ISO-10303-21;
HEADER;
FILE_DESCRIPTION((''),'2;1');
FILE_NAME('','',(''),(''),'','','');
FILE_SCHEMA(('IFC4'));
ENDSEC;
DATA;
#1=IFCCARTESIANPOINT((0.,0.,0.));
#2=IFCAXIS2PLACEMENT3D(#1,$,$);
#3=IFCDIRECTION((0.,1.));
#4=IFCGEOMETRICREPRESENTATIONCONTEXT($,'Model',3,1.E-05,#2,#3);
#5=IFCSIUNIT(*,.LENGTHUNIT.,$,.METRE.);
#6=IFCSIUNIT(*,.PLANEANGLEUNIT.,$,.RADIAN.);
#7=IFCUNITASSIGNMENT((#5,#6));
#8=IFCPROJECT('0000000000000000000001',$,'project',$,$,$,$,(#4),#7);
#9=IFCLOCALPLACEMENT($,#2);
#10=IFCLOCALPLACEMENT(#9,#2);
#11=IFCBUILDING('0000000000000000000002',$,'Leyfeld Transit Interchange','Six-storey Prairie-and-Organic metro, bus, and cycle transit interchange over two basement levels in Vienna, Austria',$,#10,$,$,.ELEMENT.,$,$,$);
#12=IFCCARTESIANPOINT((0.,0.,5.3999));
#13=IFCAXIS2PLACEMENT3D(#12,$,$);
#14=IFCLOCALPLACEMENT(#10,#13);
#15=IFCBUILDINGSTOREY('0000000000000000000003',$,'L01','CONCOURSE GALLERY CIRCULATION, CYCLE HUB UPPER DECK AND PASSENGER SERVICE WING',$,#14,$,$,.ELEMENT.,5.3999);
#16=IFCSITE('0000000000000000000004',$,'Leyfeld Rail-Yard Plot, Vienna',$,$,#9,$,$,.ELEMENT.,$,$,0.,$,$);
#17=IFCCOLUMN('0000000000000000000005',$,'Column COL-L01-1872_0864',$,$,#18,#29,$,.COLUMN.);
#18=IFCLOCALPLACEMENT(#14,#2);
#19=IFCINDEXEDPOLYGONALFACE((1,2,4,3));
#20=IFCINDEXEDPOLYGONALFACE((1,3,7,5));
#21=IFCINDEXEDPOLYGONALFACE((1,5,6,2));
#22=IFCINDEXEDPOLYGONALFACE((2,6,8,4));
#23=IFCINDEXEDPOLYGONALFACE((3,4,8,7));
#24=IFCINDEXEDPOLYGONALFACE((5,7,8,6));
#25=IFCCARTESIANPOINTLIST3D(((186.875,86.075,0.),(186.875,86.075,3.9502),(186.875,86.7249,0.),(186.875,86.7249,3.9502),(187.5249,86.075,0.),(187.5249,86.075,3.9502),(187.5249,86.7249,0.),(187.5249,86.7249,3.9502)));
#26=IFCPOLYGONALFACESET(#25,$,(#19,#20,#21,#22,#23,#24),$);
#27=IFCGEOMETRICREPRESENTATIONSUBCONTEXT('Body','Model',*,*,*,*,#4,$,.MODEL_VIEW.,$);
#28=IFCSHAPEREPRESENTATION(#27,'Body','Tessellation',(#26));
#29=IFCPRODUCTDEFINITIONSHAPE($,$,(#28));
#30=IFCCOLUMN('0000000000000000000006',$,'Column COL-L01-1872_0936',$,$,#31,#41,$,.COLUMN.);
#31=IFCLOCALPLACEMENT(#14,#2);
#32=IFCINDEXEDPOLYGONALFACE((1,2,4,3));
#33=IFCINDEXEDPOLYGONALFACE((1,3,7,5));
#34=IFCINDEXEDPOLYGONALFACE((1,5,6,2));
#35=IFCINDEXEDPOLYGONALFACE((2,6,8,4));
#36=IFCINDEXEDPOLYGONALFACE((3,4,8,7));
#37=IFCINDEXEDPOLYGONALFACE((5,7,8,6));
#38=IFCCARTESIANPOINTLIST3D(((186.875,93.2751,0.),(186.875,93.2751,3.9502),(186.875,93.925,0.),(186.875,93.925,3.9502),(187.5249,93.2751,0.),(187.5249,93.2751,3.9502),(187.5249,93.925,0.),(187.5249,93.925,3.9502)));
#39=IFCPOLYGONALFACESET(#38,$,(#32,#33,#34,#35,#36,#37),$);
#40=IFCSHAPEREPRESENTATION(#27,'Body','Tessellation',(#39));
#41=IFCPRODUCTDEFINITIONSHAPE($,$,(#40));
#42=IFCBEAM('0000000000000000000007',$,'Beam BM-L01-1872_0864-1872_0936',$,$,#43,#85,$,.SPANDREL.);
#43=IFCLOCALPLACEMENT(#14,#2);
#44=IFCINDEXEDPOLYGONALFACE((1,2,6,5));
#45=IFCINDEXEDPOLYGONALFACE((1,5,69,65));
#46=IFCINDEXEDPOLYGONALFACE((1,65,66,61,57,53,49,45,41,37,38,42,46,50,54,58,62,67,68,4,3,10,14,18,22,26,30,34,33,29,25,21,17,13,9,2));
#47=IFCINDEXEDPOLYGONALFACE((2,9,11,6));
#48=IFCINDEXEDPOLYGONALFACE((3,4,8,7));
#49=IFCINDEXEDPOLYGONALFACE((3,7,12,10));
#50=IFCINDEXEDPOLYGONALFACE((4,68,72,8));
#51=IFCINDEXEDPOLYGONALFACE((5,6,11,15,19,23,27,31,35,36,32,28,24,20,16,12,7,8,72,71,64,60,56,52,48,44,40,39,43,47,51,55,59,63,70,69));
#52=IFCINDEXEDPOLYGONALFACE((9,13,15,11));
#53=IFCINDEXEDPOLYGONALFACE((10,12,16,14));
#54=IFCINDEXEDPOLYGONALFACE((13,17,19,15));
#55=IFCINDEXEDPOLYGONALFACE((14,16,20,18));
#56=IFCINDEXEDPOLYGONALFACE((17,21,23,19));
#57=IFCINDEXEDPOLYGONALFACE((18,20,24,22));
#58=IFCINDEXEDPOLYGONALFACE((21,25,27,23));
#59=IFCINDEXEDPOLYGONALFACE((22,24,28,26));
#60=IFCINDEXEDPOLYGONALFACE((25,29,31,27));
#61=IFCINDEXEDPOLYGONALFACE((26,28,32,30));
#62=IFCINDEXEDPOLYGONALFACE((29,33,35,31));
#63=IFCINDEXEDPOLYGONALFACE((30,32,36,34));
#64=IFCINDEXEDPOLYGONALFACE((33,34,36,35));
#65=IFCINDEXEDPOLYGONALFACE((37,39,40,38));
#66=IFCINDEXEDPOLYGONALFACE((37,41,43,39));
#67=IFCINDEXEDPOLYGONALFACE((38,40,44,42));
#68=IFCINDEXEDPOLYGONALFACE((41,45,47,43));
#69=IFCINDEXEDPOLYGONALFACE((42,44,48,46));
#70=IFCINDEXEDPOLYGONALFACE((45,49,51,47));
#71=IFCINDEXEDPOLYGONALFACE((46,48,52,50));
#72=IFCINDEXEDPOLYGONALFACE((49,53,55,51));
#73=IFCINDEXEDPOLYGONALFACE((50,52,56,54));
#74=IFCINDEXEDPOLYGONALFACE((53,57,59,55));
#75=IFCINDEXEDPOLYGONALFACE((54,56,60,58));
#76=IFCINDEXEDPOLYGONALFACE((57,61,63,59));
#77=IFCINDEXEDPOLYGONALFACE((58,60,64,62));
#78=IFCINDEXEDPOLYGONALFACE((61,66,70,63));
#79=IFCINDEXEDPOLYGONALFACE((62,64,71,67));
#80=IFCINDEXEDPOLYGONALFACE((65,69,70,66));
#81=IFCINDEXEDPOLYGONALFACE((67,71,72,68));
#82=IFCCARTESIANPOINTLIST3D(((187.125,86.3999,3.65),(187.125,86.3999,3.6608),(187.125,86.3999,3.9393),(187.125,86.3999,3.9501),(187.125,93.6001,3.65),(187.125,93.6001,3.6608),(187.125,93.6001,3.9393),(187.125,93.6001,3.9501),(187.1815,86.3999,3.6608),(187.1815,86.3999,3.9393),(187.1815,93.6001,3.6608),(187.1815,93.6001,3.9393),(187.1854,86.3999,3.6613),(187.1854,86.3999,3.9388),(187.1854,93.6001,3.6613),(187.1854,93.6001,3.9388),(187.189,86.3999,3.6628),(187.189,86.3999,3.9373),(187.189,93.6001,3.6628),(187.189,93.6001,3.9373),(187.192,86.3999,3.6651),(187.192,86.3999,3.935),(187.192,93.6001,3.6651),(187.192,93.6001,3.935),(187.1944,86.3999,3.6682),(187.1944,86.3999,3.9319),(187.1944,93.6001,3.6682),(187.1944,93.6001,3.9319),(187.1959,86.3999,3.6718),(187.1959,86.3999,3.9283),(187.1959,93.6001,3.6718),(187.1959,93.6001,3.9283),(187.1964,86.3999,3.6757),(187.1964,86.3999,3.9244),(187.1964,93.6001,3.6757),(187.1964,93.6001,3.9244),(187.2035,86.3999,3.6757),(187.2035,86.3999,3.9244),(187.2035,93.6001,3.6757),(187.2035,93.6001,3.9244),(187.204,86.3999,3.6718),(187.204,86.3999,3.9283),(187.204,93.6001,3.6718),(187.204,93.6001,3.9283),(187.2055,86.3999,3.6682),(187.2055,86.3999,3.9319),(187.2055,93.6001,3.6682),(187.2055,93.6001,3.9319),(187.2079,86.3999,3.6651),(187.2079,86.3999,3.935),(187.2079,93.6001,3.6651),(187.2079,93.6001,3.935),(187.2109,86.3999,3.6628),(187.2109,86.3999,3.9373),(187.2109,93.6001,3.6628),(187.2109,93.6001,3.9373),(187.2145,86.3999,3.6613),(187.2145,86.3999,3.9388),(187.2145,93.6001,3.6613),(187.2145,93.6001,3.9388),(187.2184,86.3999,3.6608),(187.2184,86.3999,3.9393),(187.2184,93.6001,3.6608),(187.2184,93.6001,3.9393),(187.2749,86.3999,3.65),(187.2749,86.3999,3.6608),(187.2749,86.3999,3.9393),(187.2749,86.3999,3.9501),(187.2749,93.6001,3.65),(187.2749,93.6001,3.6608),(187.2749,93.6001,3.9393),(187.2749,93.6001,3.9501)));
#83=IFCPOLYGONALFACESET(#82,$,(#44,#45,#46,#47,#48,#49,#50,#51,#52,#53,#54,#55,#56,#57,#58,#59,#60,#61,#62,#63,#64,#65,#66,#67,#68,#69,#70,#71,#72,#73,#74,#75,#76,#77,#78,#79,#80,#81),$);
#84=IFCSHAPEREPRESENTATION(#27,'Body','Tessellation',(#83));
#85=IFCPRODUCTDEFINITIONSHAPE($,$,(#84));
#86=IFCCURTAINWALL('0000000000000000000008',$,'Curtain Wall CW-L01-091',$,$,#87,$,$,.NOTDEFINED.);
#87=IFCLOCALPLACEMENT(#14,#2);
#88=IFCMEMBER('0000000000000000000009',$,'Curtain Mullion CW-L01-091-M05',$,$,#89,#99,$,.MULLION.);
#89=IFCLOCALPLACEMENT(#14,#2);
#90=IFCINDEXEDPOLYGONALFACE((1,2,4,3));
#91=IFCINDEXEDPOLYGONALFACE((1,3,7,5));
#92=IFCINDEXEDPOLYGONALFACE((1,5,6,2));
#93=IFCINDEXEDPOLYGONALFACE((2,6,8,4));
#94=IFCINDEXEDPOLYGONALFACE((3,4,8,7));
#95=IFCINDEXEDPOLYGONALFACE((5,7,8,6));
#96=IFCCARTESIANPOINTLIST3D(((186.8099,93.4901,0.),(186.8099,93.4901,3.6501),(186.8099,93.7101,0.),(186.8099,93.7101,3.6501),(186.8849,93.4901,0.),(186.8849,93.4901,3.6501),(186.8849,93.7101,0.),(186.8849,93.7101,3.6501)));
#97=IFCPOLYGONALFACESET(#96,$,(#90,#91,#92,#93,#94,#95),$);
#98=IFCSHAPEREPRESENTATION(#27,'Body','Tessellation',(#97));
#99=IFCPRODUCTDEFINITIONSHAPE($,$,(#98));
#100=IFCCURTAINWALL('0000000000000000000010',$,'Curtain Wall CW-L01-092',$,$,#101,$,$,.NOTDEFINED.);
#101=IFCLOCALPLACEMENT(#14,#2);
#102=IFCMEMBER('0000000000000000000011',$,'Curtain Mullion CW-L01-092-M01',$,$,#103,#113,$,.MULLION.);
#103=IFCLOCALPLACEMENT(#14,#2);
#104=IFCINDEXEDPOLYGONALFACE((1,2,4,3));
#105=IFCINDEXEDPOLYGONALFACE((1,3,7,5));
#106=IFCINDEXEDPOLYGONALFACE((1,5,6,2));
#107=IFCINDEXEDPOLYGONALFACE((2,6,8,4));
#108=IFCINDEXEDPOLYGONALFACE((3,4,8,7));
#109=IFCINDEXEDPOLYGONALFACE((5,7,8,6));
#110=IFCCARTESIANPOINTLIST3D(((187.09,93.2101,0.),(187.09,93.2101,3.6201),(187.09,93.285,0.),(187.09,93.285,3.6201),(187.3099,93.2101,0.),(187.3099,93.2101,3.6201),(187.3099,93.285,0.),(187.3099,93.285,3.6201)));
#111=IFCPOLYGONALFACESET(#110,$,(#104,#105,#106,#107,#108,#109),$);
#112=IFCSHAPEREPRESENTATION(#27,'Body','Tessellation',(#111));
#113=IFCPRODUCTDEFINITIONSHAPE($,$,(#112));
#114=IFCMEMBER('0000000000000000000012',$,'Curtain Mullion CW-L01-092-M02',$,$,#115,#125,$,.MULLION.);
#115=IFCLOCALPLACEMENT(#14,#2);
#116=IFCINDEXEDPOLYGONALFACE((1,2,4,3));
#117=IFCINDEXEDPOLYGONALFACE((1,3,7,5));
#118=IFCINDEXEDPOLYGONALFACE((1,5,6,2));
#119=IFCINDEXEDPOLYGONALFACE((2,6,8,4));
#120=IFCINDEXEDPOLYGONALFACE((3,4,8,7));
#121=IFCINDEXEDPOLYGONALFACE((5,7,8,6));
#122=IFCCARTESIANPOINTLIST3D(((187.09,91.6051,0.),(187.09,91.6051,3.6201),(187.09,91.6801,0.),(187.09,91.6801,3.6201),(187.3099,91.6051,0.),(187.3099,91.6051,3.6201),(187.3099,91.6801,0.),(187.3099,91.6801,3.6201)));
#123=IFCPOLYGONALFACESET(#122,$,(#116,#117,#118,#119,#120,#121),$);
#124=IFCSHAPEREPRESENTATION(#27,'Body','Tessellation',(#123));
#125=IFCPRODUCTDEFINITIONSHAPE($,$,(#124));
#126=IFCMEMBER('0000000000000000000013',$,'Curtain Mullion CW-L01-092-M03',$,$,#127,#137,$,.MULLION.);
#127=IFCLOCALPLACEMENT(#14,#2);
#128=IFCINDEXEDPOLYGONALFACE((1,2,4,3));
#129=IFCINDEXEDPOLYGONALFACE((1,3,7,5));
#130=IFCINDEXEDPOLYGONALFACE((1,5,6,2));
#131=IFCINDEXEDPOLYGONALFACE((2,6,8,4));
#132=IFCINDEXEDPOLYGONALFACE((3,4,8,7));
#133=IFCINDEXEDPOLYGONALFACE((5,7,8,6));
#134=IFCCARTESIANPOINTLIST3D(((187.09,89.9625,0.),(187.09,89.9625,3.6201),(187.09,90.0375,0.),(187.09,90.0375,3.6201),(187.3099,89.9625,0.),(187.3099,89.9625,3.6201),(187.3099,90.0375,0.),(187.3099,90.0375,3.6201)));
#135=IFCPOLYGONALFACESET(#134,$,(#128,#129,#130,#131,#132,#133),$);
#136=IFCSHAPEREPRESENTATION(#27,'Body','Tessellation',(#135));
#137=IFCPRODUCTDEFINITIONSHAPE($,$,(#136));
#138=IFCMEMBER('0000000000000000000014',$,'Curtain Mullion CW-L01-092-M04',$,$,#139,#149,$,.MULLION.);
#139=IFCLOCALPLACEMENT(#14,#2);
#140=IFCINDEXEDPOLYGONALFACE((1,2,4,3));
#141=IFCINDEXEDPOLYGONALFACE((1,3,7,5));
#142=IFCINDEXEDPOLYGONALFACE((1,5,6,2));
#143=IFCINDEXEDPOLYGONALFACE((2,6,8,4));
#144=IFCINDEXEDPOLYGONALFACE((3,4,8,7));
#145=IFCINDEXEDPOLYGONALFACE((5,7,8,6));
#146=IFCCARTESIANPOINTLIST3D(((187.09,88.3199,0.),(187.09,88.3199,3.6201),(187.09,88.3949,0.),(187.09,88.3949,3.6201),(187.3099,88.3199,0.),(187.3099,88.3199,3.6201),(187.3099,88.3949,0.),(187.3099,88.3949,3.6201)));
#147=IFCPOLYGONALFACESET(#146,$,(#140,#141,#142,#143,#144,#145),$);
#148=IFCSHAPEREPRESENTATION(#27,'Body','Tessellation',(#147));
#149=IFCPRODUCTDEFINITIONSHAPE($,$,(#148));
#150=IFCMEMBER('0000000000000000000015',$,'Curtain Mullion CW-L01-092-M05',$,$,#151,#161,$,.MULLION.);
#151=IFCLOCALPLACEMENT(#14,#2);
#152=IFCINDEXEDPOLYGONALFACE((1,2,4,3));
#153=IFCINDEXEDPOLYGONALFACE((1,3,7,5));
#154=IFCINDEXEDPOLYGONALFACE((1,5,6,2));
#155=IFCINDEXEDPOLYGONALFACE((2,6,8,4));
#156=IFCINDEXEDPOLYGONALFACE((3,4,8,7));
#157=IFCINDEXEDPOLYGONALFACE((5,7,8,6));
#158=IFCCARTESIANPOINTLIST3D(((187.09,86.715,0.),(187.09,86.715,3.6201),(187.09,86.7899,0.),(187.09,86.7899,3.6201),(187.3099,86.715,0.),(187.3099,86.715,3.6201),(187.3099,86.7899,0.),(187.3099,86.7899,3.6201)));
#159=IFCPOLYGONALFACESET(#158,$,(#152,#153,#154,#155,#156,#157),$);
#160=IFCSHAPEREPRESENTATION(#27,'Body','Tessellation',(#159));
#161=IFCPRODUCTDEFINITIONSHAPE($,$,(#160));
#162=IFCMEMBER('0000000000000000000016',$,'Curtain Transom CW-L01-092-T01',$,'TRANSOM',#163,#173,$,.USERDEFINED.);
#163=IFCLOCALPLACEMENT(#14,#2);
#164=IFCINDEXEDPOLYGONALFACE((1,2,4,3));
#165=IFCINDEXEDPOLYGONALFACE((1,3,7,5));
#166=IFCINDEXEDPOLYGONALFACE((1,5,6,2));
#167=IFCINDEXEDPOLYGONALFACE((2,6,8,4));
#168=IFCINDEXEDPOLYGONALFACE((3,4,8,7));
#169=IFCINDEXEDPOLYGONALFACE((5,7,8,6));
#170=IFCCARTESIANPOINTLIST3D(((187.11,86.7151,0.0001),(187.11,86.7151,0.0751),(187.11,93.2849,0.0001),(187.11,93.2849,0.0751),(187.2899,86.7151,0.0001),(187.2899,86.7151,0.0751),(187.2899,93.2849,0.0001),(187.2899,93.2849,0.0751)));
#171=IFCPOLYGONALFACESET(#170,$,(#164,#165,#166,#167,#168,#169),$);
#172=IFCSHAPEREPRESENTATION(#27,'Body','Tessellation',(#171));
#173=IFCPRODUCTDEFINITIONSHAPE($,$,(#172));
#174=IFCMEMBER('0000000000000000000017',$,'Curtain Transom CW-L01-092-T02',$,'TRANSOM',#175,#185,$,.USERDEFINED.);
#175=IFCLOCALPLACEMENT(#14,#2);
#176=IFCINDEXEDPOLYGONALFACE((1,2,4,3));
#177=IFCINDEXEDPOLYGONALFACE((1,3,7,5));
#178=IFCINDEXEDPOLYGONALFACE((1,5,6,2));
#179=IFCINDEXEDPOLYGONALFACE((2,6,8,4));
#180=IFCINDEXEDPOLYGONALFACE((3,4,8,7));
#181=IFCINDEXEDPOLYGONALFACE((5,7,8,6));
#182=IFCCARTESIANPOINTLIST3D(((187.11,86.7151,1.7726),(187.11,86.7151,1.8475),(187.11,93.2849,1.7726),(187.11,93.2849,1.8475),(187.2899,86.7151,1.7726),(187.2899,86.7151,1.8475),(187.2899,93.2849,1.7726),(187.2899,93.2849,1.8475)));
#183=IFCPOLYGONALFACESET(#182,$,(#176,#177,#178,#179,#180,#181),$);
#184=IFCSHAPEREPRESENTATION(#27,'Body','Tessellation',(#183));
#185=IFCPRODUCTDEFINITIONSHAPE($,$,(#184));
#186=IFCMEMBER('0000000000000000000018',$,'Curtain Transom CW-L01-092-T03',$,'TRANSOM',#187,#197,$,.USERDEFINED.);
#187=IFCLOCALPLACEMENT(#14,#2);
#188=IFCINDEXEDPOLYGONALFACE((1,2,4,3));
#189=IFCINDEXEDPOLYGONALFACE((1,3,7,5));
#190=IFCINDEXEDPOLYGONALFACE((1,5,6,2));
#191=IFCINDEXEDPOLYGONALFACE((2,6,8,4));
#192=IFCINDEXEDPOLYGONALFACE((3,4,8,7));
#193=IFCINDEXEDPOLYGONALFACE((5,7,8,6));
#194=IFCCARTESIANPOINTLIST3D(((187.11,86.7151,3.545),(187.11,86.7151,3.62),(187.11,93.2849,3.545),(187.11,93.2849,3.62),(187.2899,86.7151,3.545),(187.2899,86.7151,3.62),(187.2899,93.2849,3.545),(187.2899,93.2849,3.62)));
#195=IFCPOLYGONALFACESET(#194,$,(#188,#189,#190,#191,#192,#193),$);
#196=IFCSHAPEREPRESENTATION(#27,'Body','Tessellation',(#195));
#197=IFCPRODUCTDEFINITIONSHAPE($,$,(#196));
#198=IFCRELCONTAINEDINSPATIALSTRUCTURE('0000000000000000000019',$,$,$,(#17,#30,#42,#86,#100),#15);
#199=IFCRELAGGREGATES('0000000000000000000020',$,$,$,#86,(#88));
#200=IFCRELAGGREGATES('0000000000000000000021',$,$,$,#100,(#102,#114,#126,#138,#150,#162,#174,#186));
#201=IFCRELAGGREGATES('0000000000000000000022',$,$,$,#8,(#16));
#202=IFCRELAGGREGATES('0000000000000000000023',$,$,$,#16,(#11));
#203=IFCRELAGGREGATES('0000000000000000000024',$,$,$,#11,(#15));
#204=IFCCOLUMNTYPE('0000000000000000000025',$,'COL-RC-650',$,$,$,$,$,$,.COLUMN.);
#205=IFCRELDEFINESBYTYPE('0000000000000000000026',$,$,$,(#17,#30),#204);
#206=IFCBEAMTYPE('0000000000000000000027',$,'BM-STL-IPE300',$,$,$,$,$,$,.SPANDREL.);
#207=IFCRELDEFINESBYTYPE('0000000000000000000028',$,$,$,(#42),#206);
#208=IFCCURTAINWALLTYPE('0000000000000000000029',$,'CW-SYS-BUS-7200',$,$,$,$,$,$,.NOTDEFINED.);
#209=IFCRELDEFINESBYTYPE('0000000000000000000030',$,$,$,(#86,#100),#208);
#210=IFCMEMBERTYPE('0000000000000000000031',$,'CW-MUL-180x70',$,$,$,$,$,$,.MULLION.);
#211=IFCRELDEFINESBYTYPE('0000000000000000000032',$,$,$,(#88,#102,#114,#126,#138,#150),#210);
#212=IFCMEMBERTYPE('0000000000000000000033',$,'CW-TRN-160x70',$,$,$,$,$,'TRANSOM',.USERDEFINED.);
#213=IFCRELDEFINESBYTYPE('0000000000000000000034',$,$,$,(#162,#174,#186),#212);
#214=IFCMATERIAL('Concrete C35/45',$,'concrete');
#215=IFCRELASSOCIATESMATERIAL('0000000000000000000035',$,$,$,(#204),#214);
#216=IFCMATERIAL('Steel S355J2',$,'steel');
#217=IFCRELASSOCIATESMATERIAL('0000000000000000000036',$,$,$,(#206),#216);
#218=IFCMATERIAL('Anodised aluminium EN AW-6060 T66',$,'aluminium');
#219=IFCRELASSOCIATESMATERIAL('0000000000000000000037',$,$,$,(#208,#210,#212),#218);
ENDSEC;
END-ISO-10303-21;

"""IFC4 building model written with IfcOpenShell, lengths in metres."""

from ifc_helpers import new_model, si_unit, direction, frame, origin, origin_2d, place, context, subcontext, project, spatial, rectangle, i_section, extrude, material, material_profile, profile_set, type_object, element, aggregate, save


model = new_model("IFC4")

# Units and contexts
model_context = context("Model", 3, precision=1e-05, world=origin(), true_north=direction((0.0, 1.0)))
body_context = subcontext(model_context, "Body", "Model", "MODEL_VIEW")
ifc_project = project(units=[si_unit("LENGTHUNIT", "METRE"), si_unit("PLANEANGLEUNIT", "RADIAN")], contexts=[model_context])

# Site, building, storey
site_placement = place(None, origin())
site = spatial("IfcSite", under=ifc_project, at=site_placement, Name="Leyfeld Rail-Yard Plot, Vienna", CompositionType="ELEMENT", RefElevation=0.0)
building_placement = place(site_placement, origin())
building = spatial("IfcBuilding", under=site, at=building_placement, Name="Leyfeld Transit Interchange", Description="Six-storey Prairie-and-Organic metro, bus, and cycle transit interchange over two basement levels in Vienna, Austria", CompositionType="ELEMENT")
storey_placement = place(building_placement, frame((0.0, 0.0, 5.3999)))
storey = spatial("IfcBuildingStorey", under=building, at=storey_placement, Name="L01", Description="CONCOURSE GALLERY CIRCULATION, CYCLE HUB UPPER DECK AND PASSENGER SERVICE WING", CompositionType="ELEMENT", Elevation=5.3999)

# Columns
ifc_material_1 = material(Name="Concrete C35/45", Category="concrete")
ifc_material_profile_1 = material_profile(ifc_material_1, rectangle(XDim=0.6499, YDim=0.6499, at=origin_2d()), Name="RC 650x650")
ifc_profile_set_1 = profile_set([ifc_material_profile_1], Name="Concrete C35/45")
column_type = type_object("IfcColumnType", Name="COL-RC-650", PredefinedType="COLUMN", material=ifc_profile_set_1)
for number, where, z_axis, x_axis, name in (
    (1, (187.2, 86.3999, 0.0), (0.0, 0.0, 1.0), (1.0, 0.0, 0.0), "Column COL-L01-1872_0864"),
    (2, (187.2, 93.6001, 0.0), (0.0, 0.0, 1.0), (1.0, 0.0, 0.0), "Column COL-L01-1872_0936"),
):
    element("IfcColumn", number, at=place(storey_placement, frame(where, z_axis=z_axis, x_axis=x_axis)), inside=storey, type_object=column_type, Name=name, PredefinedType="COLUMN", context=body_context, shape_type="SweptSolid", body=[
        extrude(rectangle(XDim=0.6499, YDim=0.6499, at=origin_2d()), origin(), (0.0, 0.0, 1.0), 3.9502),
    ])

# Beam
ifc_material_2 = material(Name="Steel S355J2", Category="steel")
ifc_material_profile_2 = material_profile(ifc_material_2, i_section(OverallWidth=0.1499, OverallDepth=0.3, WebThickness=0.0071, FlangeThickness=0.0107, FilletRadius=0.0149, at=origin_2d()), Name="IPE 300")
ifc_profile_set_2 = profile_set([ifc_material_profile_2], Name="Steel S355J2")
beam_type = type_object("IfcBeamType", Name="BM-STL-IPE300", PredefinedType="SPANDREL", material=ifc_profile_set_2)
beam_placement = place(storey_placement, frame((187.2, 86.3999, 3.8), z_axis=(0.0, 1.0, 0.0), x_axis=(-1.0, 0.0, 0.0)))
element("IfcBeam", 3, at=beam_placement, inside=storey, type_object=beam_type, Name="Beam BM-L01-1872_0864-1872_0936", PredefinedType="SPANDREL", context=body_context, shape_type="SweptSolid", body=[
    extrude(i_section(OverallWidth=0.1499, OverallDepth=0.3, WebThickness=0.0071, FlangeThickness=0.0107, FilletRadius=0.0149, at=origin_2d()), origin(), (0.0, 0.0, 1.0), 7.2002),
])

# Curtain wall, member
ifc_material_3 = material(Name="Anodised aluminium EN AW-6060 T66", Category="aluminium")
curtain_wall_type = type_object("IfcCurtainWallType", Name="CW-SYS-BUS-7200", PredefinedType="NOTDEFINED", material=ifc_material_3)
curtain_wall_1_placement = place(storey_placement, origin())
curtain_wall_1 = element("IfcCurtainWall", 4, at=curtain_wall_1_placement, inside=storey, type_object=curtain_wall_type, Name="Curtain Wall CW-L01-091", PredefinedType="NOTDEFINED")
ifc_material_profile_3 = material_profile(ifc_material_3, rectangle(XDim=0.075, YDim=0.22, at=origin_2d()), Name="CW-M 75x220")
ifc_profile_set_3 = profile_set([ifc_material_profile_3], Name="Anodised aluminium EN AW-6060 T66")
member_type_1 = type_object("IfcMemberType", Name="CW-MUL-180x70", PredefinedType="MULLION", material=ifc_profile_set_3)
member_1_placement = place(storey_placement, frame((186.8474, 93.6001, 0.0), z_axis=(0.0, 0.0, 1.0), x_axis=(1.0, 0.0, 0.0)))
member_1 = element("IfcMember", 5, at=member_1_placement, type_object=member_type_1, Name="Curtain Mullion CW-L01-091-M05", PredefinedType="MULLION", context=body_context, shape_type="SweptSolid", body=[
    extrude(rectangle(XDim=0.075, YDim=0.22, at=origin_2d()), origin(), (0.0, 0.0, 1.0), 3.6501),
])

# Curtain wall, members
curtain_wall_2_placement = place(storey_placement, origin())
curtain_wall_2 = element("IfcCurtainWall", 6, at=curtain_wall_2_placement, inside=storey, type_object=curtain_wall_type, Name="Curtain Wall CW-L01-092", PredefinedType="NOTDEFINED")
member_2_placement = place(storey_placement, frame((187.2, 93.2476, 0.0), z_axis=(0.0, 0.0, 1.0), x_axis=(0.0, -1.0, 0.0)))
member_2 = element("IfcMember", 7, at=member_2_placement, type_object=member_type_1, Name="Curtain Mullion CW-L01-092-M01", PredefinedType="MULLION", context=body_context, shape_type="SweptSolid", body=[
    extrude(rectangle(XDim=0.075, YDim=0.22, at=origin_2d()), origin(), (0.0, 0.0, 1.0), 3.6201),
])
member_3_placement = place(storey_placement, frame((187.2, 91.6426, 0.0), z_axis=(0.0, 0.0, 1.0), x_axis=(0.0, -1.0, 0.0)))
member_3 = element("IfcMember", 8, at=member_3_placement, type_object=member_type_1, Name="Curtain Mullion CW-L01-092-M02", PredefinedType="MULLION", context=body_context, shape_type="SweptSolid", body=[
    extrude(rectangle(XDim=0.075, YDim=0.22, at=origin_2d()), origin(), (0.0, 0.0, 1.0), 3.6201),
])
member_4_placement = place(storey_placement, frame((187.2, 90.0, 0.0), z_axis=(0.0, 0.0, 1.0), x_axis=(0.0, -1.0, 0.0)))
member_4 = element("IfcMember", 9, at=member_4_placement, type_object=member_type_1, Name="Curtain Mullion CW-L01-092-M03", PredefinedType="MULLION", context=body_context, shape_type="SweptSolid", body=[
    extrude(rectangle(XDim=0.075, YDim=0.22, at=origin_2d()), origin(), (0.0, 0.0, 1.0), 3.6201),
])
member_5_placement = place(storey_placement, frame((187.2, 88.3574, 0.0), z_axis=(0.0, 0.0, 1.0), x_axis=(0.0, -1.0, 0.0)))
member_5 = element("IfcMember", 10, at=member_5_placement, type_object=member_type_1, Name="Curtain Mullion CW-L01-092-M04", PredefinedType="MULLION", context=body_context, shape_type="SweptSolid", body=[
    extrude(rectangle(XDim=0.075, YDim=0.22, at=origin_2d()), origin(), (0.0, 0.0, 1.0), 3.6201),
])
member_6_placement = place(storey_placement, frame((187.2, 86.7524, 0.0), z_axis=(0.0, 0.0, 1.0), x_axis=(0.0, -1.0, 0.0)))
member_6 = element("IfcMember", 11, at=member_6_placement, type_object=member_type_1, Name="Curtain Mullion CW-L01-092-M05", PredefinedType="MULLION", context=body_context, shape_type="SweptSolid", body=[
    extrude(rectangle(XDim=0.075, YDim=0.22, at=origin_2d()), origin(), (0.0, 0.0, 1.0), 3.6201),
])
ifc_material_profile_4 = material_profile(ifc_material_3, rectangle(XDim=0.1799, YDim=0.075, at=origin_2d()), Name="CW-TRN-160x70")
ifc_profile_set_4 = profile_set([ifc_material_profile_4], Name="Anodised aluminium EN AW-6060 T66")
member_type_2 = type_object("IfcMemberType", Name="CW-TRN-160x70", ElementType="TRANSOM", PredefinedType="USERDEFINED", material=ifc_profile_set_4)
member_7_placement = place(storey_placement, frame((187.2, 93.2849, 0.0376), z_axis=(0.0, -1.0, 0.0), x_axis=(1.0, 0.0, 0.0)))
member_7 = element("IfcMember", 12, at=member_7_placement, type_object=member_type_2, Name="Curtain Transom CW-L01-092-T01", ObjectType="TRANSOM", PredefinedType="USERDEFINED", context=body_context, shape_type="SweptSolid", body=[
    extrude(rectangle(XDim=0.1799, YDim=0.075, at=origin_2d()), origin(), (0.0, 0.0, 1.0), 6.5698),
])
member_8_placement = place(storey_placement, frame((187.2, 93.2849, 1.8101), z_axis=(0.0, -1.0, 0.0), x_axis=(1.0, 0.0, 0.0)))
member_8 = element("IfcMember", 13, at=member_8_placement, type_object=member_type_2, Name="Curtain Transom CW-L01-092-T02", ObjectType="TRANSOM", PredefinedType="USERDEFINED", context=body_context, shape_type="SweptSolid", body=[
    extrude(rectangle(XDim=0.1799, YDim=0.075, at=origin_2d()), origin(), (0.0, 0.0, 1.0), 6.5698),
])
member_9_placement = place(storey_placement, frame((187.2, 93.2849, 3.5825), z_axis=(0.0, -1.0, 0.0), x_axis=(1.0, 0.0, 0.0)))
member_9 = element("IfcMember", 14, at=member_9_placement, type_object=member_type_2, Name="Curtain Transom CW-L01-092-T03", ObjectType="TRANSOM", PredefinedType="USERDEFINED", context=body_context, shape_type="SweptSolid", body=[
    extrude(rectangle(XDim=0.1799, YDim=0.075, at=origin_2d()), origin(), (0.0, 0.0, 1.0), 6.5698),
])

aggregate(curtain_wall_1, [member_1])
aggregate(curtain_wall_2, [member_2, member_3, member_4, member_5, member_6, member_7, member_8, member_9])

save(model, "model.ifc")
